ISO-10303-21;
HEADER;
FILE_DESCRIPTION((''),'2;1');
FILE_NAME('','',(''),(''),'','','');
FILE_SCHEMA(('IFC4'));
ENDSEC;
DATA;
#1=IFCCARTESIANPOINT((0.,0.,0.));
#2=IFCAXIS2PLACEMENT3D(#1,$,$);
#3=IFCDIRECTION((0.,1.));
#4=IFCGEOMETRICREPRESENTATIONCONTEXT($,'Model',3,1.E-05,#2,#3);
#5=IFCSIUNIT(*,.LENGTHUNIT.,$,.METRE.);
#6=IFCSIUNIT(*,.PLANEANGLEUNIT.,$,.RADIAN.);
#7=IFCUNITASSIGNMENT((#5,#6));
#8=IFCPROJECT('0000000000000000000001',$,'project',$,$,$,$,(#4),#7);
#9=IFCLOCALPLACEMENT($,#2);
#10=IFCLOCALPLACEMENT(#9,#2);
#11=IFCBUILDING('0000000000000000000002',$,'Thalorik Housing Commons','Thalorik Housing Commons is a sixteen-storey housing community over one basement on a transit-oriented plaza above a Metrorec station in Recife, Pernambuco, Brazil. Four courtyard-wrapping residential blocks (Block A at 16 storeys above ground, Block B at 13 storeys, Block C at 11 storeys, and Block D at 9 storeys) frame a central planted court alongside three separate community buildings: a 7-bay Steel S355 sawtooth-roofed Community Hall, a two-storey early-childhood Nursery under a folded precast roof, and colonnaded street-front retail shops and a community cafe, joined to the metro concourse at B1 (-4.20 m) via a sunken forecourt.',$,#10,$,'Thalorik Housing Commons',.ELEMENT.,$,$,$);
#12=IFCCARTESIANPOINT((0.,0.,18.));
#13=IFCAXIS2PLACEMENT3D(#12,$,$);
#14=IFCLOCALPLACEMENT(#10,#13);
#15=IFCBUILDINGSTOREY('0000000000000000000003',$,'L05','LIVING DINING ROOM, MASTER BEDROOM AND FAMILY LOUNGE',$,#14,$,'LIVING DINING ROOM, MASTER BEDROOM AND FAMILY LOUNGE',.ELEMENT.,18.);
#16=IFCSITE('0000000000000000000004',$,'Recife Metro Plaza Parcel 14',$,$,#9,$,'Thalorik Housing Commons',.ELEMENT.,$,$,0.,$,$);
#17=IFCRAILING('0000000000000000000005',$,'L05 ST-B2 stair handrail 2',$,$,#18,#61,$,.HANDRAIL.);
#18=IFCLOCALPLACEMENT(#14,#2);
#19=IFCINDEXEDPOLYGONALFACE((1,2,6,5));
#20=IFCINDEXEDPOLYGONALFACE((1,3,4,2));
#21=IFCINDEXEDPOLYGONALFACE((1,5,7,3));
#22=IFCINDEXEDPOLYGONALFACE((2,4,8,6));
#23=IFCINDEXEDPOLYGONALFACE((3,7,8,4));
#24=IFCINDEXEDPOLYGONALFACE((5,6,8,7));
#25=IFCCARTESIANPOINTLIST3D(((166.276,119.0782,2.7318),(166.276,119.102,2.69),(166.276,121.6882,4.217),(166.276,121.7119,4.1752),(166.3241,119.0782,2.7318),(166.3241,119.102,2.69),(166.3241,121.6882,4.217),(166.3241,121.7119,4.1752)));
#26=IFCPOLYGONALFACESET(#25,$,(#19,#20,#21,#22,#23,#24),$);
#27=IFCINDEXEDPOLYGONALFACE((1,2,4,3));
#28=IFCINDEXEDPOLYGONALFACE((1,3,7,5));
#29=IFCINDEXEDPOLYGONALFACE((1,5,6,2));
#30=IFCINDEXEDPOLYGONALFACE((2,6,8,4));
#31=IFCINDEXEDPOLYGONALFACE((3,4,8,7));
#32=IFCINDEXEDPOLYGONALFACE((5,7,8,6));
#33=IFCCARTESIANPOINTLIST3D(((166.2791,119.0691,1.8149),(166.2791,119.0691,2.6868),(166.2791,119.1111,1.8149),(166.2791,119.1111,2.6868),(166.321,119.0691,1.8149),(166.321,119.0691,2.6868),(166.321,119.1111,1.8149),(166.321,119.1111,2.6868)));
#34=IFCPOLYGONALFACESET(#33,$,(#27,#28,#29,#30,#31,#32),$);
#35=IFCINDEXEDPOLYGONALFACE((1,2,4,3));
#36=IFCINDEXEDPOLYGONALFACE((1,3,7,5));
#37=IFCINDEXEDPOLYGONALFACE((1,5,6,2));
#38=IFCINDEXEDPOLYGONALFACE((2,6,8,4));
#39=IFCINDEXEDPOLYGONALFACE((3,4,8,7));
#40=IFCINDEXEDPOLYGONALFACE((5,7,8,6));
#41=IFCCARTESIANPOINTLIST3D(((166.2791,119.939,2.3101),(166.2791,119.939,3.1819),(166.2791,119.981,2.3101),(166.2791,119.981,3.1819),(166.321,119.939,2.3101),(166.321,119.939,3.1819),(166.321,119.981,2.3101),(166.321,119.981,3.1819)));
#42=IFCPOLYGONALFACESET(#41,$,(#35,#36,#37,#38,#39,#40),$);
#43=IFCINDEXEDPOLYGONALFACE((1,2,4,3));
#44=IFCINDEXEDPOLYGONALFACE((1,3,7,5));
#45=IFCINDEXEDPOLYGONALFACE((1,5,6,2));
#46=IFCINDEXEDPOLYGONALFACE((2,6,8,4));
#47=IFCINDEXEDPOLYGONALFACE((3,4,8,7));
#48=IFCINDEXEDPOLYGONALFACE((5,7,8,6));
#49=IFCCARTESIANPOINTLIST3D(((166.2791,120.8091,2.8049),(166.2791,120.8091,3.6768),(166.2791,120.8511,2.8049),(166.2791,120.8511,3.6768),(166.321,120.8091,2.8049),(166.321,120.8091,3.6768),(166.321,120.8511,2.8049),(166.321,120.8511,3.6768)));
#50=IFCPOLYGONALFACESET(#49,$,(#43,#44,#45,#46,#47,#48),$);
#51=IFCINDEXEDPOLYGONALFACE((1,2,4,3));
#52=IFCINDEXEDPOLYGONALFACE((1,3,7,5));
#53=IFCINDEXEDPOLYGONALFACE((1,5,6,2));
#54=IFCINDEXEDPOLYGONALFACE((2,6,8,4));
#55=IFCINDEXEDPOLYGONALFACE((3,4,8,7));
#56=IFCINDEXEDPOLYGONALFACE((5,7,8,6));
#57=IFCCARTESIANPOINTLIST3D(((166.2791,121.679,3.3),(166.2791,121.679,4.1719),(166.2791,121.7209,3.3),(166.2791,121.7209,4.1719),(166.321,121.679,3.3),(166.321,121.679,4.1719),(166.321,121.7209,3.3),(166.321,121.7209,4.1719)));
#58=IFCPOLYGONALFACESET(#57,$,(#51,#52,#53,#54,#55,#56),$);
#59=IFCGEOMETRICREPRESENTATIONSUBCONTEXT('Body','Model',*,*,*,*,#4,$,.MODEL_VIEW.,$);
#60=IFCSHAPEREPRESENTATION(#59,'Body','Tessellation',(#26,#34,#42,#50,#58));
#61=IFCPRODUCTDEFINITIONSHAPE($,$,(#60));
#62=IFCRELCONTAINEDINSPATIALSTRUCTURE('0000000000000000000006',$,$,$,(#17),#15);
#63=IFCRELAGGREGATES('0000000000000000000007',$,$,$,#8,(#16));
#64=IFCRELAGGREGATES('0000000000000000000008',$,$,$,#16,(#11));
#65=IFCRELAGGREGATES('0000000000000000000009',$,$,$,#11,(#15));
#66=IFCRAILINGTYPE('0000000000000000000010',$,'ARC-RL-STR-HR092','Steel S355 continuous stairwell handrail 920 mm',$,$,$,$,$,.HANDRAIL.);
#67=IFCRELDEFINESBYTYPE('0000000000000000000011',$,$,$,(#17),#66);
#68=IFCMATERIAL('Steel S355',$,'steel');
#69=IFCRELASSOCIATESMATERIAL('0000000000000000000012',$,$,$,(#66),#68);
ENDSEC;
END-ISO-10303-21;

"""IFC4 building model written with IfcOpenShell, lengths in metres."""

from ifc_helpers import new_model, si_unit, direction, frame, origin, origin_2d, place, context, subcontext, project, spatial, rectangle, extrude, material, type_object, element, save


model = new_model("IFC4")

# Units and contexts
model_context = context("Model", 3, precision=1e-05, world=origin(), true_north=direction((0.0, 1.0)))
body_context = subcontext(model_context, "Body", "Model", "MODEL_VIEW")
ifc_project = project(units=[si_unit("LENGTHUNIT", "METRE"), si_unit("PLANEANGLEUNIT", "RADIAN")], contexts=[model_context])

# Site, building, storey
site_placement = place(None, origin())
site = spatial("IfcSite", under=ifc_project, at=site_placement, Name="Recife Metro Plaza Parcel 14", LongName="Thalorik Housing Commons", CompositionType="ELEMENT", RefElevation=0.0)
building_placement = place(site_placement, origin())
building = spatial("IfcBuilding", under=site, at=building_placement, Name="Thalorik Housing Commons", Description="Thalorik Housing Commons is a sixteen-storey housing community over one basement on a transit-oriented plaza above a Metrorec station in Recife, Pernambuco, Brazil. Four courtyard-wrapping residential blocks (Block A at 16 storeys above ground, Block B at 13 storeys, Block C at 11 storeys, and Block D at 9 storeys) frame a central planted court alongside three separate community buildings: a 7-bay Steel S355 sawtooth-roofed Community Hall, a two-storey early-childhood Nursery under a folded precast roof, and colonnaded street-front retail shops and a community cafe, joined to the metro concourse at B1 (-4.20 m) via a sunken forecourt.", LongName="Thalorik Housing Commons", CompositionType="ELEMENT")
storey_placement = place(building_placement, frame((0.0, 0.0, 18.0)))
storey = spatial("IfcBuildingStorey", under=building, at=storey_placement, Name="L05", Description="LIVING DINING ROOM, MASTER BEDROOM AND FAMILY LOUNGE", LongName="LIVING DINING ROOM, MASTER BEDROOM AND FAMILY LOUNGE", CompositionType="ELEMENT", Elevation=18.0)

# Shared definitions
ifc_material_1 = material(Name="Steel S355", Category="steel")

# Railing
railing_type_1 = type_object("IfcRailingType", Name="ARC-RL-STR-HR092", Description="Steel S355 continuous stairwell handrail 920 mm", PredefinedType="HANDRAIL", material=ifc_material_1)
railing_1_placement = place(storey_placement, frame((166.3, 119.0901, 1.8149)))
element("IfcRailing", 1, at=railing_1_placement, inside=storey, type_object=railing_type_1, Name="L05 ST-B2 stair handrail 2", PredefinedType="HANDRAIL", context=body_context, shape_type="SweptSolid", body=[
    extrude(rectangle(XDim=0.0481, YDim=0.0481, at=origin_2d()), frame((0.0, 0.0, 0.896), z_axis=(0.0, 0.869137, 0.494571), x_axis=(-1.0, 0.0, 0.0)), (0.0, 0.0, 1.0), 3.0029),
    extrude(rectangle(XDim=0.042, YDim=0.042, at=origin_2d()), origin(), (0.0, 0.0, 1.0), 0.8718),
    extrude(rectangle(XDim=0.042, YDim=0.042, at=origin_2d()), frame((0.0, 0.8699, 0.4951)), (0.0, 0.0, 1.0), 0.8718),
    extrude(rectangle(XDim=0.042, YDim=0.042, at=origin_2d()), frame((0.0, 1.74, 0.99)), (0.0, 0.0, 1.0), 0.8718),
    extrude(rectangle(XDim=0.042, YDim=0.042, at=origin_2d()), frame((0.0, 2.6099, 1.4851)), (0.0, 0.0, 1.0), 0.8718),
])

save(model, "model.ifc")
